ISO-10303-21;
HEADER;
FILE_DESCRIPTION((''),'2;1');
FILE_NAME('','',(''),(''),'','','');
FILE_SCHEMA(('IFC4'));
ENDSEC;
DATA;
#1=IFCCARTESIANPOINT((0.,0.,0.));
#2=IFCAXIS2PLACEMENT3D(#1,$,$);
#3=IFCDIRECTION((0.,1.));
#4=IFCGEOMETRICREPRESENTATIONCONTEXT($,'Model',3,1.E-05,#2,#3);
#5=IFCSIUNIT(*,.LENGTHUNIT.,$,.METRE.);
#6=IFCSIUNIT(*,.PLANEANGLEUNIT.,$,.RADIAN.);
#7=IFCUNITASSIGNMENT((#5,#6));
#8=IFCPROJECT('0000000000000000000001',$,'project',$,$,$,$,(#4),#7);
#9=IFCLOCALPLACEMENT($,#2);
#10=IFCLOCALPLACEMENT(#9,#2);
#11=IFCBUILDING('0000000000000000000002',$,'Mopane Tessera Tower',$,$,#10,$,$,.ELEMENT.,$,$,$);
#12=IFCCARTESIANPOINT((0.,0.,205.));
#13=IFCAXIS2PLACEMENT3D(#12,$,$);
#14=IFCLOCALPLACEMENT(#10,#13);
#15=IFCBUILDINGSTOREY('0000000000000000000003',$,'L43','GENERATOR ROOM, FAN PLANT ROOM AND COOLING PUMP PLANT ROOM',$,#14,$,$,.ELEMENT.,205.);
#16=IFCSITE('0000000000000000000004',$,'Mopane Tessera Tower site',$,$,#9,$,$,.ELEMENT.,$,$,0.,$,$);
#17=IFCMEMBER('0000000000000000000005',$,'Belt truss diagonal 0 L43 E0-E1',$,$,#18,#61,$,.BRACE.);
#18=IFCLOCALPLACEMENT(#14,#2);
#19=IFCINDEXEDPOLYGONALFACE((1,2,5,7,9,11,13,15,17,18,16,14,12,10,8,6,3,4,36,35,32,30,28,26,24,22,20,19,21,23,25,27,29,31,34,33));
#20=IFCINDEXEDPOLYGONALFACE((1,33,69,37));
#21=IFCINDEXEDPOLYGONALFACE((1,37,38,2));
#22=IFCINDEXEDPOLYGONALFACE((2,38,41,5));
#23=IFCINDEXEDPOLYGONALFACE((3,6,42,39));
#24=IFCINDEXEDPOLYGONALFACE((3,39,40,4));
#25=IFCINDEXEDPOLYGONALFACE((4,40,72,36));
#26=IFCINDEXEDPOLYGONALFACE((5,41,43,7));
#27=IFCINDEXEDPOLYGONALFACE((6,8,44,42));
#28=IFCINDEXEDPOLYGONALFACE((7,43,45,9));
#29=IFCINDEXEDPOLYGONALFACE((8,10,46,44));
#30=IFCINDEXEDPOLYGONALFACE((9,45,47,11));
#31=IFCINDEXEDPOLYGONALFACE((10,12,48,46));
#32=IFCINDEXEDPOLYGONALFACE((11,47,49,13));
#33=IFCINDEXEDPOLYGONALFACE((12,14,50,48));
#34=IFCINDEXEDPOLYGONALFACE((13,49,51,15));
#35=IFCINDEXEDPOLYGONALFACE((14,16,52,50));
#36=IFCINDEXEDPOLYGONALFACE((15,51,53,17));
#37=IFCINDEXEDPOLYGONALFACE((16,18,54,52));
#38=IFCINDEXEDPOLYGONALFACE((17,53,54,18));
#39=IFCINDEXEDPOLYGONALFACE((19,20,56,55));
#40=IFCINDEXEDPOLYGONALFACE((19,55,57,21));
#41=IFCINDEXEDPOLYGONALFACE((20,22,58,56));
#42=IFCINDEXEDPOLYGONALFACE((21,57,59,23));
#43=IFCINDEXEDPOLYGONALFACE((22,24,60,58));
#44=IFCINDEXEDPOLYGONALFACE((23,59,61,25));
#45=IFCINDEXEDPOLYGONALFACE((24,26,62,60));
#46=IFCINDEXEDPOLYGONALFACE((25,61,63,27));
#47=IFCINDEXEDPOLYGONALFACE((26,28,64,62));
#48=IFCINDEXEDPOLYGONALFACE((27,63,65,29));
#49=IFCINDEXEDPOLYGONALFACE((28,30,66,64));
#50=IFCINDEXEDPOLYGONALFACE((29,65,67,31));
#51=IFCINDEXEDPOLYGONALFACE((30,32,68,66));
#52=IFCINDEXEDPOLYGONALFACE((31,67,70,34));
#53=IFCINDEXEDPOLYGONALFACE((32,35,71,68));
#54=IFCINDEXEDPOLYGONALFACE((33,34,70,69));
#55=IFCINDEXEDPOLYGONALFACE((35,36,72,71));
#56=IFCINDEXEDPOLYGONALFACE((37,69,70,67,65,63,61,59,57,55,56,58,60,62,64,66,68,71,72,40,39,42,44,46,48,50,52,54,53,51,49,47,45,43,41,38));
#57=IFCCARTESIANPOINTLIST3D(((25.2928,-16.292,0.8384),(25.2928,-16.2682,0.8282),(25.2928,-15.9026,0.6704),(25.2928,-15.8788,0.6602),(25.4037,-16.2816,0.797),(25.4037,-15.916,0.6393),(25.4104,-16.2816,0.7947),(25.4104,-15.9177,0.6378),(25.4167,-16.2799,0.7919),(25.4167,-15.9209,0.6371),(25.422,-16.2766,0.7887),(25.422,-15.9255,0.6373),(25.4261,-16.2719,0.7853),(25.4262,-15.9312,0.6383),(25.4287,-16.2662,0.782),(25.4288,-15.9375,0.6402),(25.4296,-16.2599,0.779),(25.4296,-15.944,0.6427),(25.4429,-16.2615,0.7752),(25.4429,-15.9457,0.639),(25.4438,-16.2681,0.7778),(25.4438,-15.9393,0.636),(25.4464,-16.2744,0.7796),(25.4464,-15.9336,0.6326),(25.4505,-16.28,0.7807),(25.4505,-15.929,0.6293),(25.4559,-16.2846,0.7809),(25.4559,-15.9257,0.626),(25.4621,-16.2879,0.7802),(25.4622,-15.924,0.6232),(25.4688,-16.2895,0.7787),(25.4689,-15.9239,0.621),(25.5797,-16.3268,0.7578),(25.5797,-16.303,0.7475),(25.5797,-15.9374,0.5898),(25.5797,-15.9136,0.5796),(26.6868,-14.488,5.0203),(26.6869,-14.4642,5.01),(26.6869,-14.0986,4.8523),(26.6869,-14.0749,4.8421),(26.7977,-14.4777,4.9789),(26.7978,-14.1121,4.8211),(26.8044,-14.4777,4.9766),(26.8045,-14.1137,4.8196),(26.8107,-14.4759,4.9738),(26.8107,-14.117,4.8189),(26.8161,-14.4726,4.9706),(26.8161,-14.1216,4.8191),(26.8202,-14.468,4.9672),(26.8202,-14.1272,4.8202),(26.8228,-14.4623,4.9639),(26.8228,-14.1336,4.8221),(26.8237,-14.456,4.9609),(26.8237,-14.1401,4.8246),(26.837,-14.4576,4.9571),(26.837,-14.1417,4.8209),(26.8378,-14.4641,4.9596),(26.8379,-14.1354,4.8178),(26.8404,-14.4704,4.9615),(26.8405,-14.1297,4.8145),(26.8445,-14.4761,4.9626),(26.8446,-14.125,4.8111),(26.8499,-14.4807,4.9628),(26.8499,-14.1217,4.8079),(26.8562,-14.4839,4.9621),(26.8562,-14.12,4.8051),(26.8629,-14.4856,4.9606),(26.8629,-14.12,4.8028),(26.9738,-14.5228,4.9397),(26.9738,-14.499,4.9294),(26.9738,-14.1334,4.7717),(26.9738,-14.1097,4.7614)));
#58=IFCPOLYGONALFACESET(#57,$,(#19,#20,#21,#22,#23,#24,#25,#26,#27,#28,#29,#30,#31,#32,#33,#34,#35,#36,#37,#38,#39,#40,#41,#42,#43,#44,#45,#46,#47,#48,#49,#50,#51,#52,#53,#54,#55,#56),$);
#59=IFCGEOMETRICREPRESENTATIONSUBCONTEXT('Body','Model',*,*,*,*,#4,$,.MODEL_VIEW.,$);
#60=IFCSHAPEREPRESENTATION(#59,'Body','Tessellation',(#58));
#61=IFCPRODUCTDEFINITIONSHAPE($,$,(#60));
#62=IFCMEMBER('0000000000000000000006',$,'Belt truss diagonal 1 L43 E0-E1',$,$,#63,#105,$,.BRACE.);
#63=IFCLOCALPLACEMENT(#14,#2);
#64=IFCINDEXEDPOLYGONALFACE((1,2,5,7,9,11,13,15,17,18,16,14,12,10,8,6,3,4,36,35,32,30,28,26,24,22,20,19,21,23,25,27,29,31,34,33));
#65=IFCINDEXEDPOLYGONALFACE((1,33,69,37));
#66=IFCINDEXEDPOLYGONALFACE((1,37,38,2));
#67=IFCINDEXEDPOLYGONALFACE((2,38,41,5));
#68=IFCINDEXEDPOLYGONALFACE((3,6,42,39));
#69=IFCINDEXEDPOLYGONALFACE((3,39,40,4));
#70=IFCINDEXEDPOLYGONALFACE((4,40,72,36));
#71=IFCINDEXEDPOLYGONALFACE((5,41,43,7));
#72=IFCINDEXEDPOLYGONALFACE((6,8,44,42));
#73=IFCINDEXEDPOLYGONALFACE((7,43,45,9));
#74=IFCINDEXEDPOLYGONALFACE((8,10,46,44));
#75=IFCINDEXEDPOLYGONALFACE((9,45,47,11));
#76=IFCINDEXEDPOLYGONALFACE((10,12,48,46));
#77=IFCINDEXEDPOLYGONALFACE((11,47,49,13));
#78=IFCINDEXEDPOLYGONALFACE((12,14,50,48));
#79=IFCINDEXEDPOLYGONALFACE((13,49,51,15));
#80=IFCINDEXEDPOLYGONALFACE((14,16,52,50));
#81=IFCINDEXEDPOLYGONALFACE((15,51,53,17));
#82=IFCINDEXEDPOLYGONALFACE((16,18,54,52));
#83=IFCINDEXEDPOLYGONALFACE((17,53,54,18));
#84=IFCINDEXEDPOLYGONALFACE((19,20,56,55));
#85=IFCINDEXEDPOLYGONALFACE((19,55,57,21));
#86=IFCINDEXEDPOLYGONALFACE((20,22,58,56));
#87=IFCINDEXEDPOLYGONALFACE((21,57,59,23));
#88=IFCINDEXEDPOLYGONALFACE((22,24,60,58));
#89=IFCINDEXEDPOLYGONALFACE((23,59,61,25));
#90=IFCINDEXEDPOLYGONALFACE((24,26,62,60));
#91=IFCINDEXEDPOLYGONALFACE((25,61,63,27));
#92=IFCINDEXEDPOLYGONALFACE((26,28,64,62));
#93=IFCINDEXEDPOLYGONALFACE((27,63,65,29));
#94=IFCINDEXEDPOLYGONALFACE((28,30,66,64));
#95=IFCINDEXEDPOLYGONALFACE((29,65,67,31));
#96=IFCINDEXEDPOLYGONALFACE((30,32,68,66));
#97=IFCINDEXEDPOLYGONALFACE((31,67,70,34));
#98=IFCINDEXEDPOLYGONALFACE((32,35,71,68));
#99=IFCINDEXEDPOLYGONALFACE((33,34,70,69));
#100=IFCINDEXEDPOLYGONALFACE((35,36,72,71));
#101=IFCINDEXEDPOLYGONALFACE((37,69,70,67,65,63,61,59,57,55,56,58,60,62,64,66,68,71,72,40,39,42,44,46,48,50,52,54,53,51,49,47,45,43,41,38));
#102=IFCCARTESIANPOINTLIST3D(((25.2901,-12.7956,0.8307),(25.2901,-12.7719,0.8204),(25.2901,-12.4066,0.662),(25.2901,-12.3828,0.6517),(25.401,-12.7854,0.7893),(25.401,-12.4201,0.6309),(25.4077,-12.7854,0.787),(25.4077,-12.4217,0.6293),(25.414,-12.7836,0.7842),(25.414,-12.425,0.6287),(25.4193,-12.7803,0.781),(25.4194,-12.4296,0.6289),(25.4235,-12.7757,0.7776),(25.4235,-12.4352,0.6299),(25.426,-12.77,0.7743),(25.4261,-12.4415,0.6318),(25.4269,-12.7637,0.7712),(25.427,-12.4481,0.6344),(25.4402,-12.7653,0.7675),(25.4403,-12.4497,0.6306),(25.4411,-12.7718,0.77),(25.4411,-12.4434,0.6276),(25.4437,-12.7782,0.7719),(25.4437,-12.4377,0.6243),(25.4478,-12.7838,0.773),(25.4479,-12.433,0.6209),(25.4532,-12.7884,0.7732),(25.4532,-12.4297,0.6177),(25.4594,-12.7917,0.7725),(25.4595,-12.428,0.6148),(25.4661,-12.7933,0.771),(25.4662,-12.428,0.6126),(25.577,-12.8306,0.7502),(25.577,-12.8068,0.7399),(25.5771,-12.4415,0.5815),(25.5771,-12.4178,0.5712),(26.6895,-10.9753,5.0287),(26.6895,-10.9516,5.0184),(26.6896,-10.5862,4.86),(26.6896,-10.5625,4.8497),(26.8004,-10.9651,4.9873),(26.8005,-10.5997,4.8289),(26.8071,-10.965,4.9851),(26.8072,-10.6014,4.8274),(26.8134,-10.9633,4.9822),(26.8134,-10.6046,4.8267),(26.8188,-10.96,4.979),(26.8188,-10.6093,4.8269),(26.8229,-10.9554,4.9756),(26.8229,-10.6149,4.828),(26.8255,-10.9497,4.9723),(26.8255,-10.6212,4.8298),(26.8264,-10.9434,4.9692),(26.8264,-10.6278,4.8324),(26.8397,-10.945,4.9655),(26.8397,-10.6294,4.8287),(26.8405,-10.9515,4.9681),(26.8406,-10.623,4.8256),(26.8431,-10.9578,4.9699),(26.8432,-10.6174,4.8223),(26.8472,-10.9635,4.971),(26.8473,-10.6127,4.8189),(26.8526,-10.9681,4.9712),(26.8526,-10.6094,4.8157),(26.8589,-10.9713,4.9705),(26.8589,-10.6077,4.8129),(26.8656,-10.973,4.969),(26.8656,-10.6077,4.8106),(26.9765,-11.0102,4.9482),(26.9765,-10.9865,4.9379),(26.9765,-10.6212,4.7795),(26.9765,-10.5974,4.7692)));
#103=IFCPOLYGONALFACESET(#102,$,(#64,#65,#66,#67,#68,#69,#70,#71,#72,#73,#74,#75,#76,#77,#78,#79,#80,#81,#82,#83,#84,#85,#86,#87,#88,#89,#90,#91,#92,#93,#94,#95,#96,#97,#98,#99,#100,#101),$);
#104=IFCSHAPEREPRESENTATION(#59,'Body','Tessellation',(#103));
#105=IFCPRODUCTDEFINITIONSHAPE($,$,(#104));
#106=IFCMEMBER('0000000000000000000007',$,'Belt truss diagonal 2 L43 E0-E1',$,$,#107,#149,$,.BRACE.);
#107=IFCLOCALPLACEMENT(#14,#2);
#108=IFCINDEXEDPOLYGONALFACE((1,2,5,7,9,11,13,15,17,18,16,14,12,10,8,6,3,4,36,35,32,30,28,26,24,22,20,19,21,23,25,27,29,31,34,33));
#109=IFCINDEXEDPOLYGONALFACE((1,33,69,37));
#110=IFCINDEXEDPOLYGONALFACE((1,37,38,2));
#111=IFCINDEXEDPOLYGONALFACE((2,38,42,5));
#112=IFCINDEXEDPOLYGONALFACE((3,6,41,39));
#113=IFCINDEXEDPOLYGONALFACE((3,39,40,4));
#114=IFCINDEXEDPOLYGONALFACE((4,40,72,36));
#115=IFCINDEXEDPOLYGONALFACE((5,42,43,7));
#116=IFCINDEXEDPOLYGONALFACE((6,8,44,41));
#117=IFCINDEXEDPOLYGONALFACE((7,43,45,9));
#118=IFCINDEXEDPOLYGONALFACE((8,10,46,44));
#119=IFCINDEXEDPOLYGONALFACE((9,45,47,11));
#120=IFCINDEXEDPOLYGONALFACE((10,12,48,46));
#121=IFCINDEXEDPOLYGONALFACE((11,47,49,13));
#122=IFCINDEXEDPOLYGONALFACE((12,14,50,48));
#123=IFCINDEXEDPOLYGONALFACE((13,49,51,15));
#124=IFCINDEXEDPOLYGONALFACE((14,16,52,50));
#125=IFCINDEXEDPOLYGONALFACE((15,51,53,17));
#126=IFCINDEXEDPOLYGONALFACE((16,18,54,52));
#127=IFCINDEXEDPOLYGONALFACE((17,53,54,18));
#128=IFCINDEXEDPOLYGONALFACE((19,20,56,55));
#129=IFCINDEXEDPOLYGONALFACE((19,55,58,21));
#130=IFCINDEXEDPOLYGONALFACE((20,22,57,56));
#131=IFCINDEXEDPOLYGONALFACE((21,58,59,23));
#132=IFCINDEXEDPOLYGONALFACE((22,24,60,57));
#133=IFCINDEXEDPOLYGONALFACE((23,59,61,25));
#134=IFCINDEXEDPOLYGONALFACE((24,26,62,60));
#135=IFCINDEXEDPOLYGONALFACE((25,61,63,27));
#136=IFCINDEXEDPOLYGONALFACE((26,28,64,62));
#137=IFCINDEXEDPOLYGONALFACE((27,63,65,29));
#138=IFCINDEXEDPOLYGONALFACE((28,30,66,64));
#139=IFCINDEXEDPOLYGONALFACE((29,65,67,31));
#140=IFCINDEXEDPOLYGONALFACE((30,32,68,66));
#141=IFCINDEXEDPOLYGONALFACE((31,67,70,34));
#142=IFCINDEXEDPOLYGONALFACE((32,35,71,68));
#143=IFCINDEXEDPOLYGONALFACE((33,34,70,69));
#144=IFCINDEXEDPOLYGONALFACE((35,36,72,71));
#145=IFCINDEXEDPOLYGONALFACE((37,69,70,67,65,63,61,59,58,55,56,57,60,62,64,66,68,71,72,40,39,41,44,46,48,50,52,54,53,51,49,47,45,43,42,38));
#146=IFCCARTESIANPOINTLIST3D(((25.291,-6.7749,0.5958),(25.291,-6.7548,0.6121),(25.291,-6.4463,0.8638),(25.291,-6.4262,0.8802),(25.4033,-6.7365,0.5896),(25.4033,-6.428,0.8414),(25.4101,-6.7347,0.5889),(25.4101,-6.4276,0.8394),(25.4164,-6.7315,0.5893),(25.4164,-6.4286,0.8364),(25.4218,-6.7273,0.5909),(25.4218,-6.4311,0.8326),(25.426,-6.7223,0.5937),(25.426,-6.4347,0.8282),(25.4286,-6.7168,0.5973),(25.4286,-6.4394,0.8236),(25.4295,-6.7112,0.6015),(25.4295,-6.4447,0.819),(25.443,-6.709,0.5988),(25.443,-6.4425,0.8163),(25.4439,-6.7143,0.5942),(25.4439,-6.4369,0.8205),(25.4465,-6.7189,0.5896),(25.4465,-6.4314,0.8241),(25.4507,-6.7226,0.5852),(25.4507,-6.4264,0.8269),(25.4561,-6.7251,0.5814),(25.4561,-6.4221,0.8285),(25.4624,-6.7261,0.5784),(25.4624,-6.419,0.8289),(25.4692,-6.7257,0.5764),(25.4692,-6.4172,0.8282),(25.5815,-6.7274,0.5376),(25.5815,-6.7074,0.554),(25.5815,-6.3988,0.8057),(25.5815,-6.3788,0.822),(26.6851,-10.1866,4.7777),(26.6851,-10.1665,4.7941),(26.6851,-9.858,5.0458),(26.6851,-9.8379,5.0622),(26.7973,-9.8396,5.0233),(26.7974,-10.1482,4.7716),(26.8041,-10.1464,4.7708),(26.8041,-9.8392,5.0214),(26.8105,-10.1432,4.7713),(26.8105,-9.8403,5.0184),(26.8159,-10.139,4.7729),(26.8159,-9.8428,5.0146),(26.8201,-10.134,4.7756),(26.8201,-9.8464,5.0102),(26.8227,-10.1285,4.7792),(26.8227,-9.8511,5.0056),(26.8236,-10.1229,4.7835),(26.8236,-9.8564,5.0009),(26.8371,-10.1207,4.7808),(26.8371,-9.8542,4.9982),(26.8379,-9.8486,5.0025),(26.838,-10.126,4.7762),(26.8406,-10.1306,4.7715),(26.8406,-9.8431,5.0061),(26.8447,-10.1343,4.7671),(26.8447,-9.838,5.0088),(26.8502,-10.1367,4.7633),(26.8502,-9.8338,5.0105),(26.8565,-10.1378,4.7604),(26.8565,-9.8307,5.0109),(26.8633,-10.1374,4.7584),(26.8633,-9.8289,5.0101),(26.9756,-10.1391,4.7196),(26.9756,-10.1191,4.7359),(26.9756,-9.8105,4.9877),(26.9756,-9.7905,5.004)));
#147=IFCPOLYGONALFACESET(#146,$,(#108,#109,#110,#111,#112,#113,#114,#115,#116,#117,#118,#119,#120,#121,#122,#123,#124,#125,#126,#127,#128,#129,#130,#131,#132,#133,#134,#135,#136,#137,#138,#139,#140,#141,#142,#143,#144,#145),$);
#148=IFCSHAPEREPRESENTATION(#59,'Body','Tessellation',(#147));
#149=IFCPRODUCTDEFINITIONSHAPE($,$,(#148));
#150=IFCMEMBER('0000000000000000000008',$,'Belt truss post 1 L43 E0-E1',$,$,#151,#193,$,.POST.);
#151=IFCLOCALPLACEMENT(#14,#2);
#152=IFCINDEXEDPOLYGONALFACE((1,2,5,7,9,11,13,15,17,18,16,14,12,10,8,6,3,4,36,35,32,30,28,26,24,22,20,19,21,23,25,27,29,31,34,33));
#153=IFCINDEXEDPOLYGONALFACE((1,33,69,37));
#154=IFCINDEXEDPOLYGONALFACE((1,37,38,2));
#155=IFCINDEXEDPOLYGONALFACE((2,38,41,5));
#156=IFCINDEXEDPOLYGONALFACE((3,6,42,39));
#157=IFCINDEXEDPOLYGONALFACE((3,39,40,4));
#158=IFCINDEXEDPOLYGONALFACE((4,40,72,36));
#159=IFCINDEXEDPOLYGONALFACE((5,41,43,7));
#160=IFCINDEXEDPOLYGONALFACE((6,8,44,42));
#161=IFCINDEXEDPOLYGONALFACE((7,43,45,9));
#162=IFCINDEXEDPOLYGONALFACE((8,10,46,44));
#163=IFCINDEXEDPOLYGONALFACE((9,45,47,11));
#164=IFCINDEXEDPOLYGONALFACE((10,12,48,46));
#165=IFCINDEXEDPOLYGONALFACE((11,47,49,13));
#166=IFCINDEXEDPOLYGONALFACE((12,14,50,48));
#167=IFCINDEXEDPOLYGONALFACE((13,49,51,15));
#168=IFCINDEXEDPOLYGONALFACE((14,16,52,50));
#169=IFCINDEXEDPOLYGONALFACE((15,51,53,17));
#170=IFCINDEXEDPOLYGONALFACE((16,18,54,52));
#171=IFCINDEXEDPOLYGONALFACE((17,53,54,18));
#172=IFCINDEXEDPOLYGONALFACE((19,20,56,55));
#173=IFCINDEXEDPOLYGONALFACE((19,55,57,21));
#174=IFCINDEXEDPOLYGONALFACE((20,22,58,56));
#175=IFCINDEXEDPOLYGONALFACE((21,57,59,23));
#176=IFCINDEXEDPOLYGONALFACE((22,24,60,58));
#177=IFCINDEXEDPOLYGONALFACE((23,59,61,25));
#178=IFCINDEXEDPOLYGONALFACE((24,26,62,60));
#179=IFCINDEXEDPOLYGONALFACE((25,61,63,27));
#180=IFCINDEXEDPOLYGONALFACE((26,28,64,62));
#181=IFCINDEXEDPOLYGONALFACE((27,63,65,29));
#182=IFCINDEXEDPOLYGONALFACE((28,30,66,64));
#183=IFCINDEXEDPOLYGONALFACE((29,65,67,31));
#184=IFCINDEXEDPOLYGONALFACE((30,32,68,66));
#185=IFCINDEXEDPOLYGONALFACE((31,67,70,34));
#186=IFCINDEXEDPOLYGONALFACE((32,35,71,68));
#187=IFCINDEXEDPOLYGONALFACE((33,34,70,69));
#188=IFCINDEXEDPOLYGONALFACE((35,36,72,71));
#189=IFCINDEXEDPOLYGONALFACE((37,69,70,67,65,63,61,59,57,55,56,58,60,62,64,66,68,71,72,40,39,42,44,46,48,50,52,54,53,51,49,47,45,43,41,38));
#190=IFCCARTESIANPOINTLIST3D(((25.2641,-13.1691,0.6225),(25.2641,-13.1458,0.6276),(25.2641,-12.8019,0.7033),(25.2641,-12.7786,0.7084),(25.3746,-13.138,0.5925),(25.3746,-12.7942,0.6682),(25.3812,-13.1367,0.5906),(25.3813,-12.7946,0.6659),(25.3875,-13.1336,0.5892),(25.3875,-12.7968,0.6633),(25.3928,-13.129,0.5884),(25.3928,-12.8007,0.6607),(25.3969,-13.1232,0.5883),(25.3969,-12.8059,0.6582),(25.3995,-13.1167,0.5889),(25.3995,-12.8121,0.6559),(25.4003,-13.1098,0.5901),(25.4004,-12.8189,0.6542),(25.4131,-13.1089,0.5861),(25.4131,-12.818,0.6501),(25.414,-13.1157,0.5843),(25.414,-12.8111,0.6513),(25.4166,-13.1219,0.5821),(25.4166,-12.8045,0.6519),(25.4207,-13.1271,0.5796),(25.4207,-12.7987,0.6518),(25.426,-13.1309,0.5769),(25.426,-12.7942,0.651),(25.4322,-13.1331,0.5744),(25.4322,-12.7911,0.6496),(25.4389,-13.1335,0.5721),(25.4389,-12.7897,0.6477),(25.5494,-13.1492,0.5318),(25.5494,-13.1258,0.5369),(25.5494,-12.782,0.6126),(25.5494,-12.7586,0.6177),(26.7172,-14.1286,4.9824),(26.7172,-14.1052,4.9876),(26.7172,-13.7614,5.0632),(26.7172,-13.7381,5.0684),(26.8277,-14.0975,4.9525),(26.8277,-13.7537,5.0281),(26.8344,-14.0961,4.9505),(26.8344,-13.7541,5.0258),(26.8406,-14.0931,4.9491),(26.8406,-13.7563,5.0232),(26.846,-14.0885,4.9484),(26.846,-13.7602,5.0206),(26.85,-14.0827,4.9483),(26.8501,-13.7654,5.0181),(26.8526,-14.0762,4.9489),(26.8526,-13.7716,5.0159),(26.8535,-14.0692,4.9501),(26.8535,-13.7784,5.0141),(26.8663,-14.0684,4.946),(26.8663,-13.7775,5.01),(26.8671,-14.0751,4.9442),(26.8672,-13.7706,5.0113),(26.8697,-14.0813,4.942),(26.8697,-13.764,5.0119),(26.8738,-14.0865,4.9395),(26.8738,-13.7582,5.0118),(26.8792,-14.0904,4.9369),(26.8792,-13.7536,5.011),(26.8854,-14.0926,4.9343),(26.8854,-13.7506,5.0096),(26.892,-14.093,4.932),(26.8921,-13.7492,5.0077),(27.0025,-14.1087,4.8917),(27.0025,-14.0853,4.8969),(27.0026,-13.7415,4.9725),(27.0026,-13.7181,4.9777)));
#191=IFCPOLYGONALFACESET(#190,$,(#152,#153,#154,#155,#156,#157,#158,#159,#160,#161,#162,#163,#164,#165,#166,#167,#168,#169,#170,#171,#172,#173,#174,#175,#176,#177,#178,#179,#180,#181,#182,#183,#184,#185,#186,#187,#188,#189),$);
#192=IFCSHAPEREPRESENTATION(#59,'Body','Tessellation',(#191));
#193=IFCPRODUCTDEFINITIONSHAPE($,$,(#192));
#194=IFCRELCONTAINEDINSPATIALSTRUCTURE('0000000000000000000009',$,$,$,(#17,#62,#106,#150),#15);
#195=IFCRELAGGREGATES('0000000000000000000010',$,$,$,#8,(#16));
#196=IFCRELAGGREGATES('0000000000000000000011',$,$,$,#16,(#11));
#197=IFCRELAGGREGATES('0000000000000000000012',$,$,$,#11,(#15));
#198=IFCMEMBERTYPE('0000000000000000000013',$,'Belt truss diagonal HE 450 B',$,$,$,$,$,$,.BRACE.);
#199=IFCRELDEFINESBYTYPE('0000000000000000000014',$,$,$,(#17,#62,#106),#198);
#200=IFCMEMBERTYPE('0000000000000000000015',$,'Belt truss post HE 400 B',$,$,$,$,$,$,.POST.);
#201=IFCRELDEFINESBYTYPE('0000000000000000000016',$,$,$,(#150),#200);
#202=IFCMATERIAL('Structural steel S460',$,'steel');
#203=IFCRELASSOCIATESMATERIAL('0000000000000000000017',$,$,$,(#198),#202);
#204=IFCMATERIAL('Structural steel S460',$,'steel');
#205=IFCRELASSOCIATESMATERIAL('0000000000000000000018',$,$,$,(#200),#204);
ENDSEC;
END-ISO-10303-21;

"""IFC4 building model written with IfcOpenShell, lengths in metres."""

from ifc_helpers import new_model, si_unit, direction, frame, origin, origin_2d, place, context, subcontext, project, spatial, i_section, extrude, material, material_profile, profile_set, type_object, element, save


model = new_model("IFC4")

# Units and contexts
model_context = context("Model", 3, precision=1e-05, world=origin(), true_north=direction((0.0, 1.0)))
body_context = subcontext(model_context, "Body", "Model", "MODEL_VIEW")
ifc_project = project(units=[si_unit("LENGTHUNIT", "METRE"), si_unit("PLANEANGLEUNIT", "RADIAN")], contexts=[model_context])

# Site, building, storey
site_placement = place(None, origin())
site = spatial("IfcSite", under=ifc_project, at=site_placement, Name="Mopane Tessera Tower site", CompositionType="ELEMENT", RefElevation=0.0)
building_placement = place(site_placement, origin())
building = spatial("IfcBuilding", under=site, at=building_placement, Name="Mopane Tessera Tower", CompositionType="ELEMENT")
storey_placement = place(building_placement, frame((0.0, 0.0, 205.0)))
storey = spatial("IfcBuildingStorey", under=building, at=storey_placement, Name="L43", Description="GENERATOR ROOM, FAN PLANT ROOM AND COOLING PUMP PLANT ROOM", CompositionType="ELEMENT", Elevation=205.0)

# Members
ifc_material_1 = material(Name="Structural steel S460", Category="steel")
ifc_material_profile_1 = material_profile(ifc_material_1, i_section(OverallWidth=0.3, OverallDepth=0.45, WebThickness=0.0139, FlangeThickness=0.0259, FilletRadius=0.0271, at=origin_2d()))
ifc_profile_set_1 = profile_set([ifc_material_profile_1], Name="Structural steel S460")
member_type_1 = type_object("IfcMemberType", Name="Belt truss diagonal HE 450 B", PredefinedType="BRACE", material=ifc_profile_set_1)
member_1_placement = place(storey_placement, frame((25.4363, -16.1028, 0.709), z_axis=(0.292684, 0.378747, 0.878002), x_axis=(-0.956209, 0.115987, 0.268721)))
element("IfcMember", 1, at=member_1_placement, inside=storey, type_object=member_type_1, Name="Belt truss diagonal 0 L43 E0-E1", PredefinedType="BRACE", context=body_context, shape_type="SweptSolid", body=[
    extrude(i_section(OverallWidth=0.3, OverallDepth=0.45, WebThickness=0.0139, FlangeThickness=0.0259, FilletRadius=0.0271, at=origin_2d()), origin(), (0.0, 0.0, 1.0), 4.7629),
])
member_2_placement = place(storey_placement, frame((25.4336, -12.6067, 0.7009), z_axis=(0.292466, 0.38043, 0.877346), x_axis=(-0.956276, 0.116422, 0.268295)))
element("IfcMember", 2, at=member_2_placement, inside=storey, type_object=member_type_1, Name="Belt truss diagonal 1 L43 E0-E1", PredefinedType="BRACE", context=body_context, shape_type="SweptSolid", body=[
    extrude(i_section(OverallWidth=0.3, OverallDepth=0.45, WebThickness=0.0139, FlangeThickness=0.0259, FilletRadius=0.0271, at=origin_2d()), origin(), (0.0, 0.0, 1.0), 4.7849),
])
member_3_placement = place(storey_placement, frame((26.8303, -9.9885, 4.8909), z_axis=(-0.250093, 0.612048, -0.750234), x_axis=(-0.968222, -0.158109, 0.193772)))
element("IfcMember", 3, at=member_3_placement, inside=storey, type_object=member_type_1, Name="Belt truss diagonal 2 L43 E0-E1", PredefinedType="BRACE", context=body_context, shape_type="SweptSolid", body=[
    extrude(i_section(OverallWidth=0.3, OverallDepth=0.45, WebThickness=0.0139, FlangeThickness=0.0259, FilletRadius=0.0271, at=origin_2d()), origin(), (0.0, 0.0, 1.0), 5.5742),
])
ifc_material_2 = material(Name="Structural steel S460", Category="steel")
ifc_material_profile_2 = material_profile(ifc_material_2, i_section(OverallWidth=0.3, OverallDepth=0.3999, WebThickness=0.0134, FlangeThickness=0.0239, FilletRadius=0.0271, at=origin_2d()))
ifc_profile_set_2 = profile_set([ifc_material_profile_2], Name="Structural steel S460")
member_type_2 = type_object("IfcMemberType", Name="Belt truss post HE 400 B", PredefinedType="POST", material=ifc_profile_set_2)
member_4_placement = place(storey_placement, frame((25.4067, -12.9639, 0.6201), z_axis=(0.309522, -0.204372, 0.92867), x_axis=(-0.950892, -0.066481, 0.302298)))
element("IfcMember", 4, at=member_4_placement, inside=storey, type_object=member_type_2, Name="Belt truss post 1 L43 E0-E1", PredefinedType="POST", context=body_context, shape_type="SweptSolid", body=[
    extrude(i_section(OverallWidth=0.3, OverallDepth=0.3999, WebThickness=0.0134, FlangeThickness=0.0239, FilletRadius=0.0271, at=origin_2d()), origin(), (0.0, 0.0, 1.0), 4.6948),
])

save(model, "model.ifc")
